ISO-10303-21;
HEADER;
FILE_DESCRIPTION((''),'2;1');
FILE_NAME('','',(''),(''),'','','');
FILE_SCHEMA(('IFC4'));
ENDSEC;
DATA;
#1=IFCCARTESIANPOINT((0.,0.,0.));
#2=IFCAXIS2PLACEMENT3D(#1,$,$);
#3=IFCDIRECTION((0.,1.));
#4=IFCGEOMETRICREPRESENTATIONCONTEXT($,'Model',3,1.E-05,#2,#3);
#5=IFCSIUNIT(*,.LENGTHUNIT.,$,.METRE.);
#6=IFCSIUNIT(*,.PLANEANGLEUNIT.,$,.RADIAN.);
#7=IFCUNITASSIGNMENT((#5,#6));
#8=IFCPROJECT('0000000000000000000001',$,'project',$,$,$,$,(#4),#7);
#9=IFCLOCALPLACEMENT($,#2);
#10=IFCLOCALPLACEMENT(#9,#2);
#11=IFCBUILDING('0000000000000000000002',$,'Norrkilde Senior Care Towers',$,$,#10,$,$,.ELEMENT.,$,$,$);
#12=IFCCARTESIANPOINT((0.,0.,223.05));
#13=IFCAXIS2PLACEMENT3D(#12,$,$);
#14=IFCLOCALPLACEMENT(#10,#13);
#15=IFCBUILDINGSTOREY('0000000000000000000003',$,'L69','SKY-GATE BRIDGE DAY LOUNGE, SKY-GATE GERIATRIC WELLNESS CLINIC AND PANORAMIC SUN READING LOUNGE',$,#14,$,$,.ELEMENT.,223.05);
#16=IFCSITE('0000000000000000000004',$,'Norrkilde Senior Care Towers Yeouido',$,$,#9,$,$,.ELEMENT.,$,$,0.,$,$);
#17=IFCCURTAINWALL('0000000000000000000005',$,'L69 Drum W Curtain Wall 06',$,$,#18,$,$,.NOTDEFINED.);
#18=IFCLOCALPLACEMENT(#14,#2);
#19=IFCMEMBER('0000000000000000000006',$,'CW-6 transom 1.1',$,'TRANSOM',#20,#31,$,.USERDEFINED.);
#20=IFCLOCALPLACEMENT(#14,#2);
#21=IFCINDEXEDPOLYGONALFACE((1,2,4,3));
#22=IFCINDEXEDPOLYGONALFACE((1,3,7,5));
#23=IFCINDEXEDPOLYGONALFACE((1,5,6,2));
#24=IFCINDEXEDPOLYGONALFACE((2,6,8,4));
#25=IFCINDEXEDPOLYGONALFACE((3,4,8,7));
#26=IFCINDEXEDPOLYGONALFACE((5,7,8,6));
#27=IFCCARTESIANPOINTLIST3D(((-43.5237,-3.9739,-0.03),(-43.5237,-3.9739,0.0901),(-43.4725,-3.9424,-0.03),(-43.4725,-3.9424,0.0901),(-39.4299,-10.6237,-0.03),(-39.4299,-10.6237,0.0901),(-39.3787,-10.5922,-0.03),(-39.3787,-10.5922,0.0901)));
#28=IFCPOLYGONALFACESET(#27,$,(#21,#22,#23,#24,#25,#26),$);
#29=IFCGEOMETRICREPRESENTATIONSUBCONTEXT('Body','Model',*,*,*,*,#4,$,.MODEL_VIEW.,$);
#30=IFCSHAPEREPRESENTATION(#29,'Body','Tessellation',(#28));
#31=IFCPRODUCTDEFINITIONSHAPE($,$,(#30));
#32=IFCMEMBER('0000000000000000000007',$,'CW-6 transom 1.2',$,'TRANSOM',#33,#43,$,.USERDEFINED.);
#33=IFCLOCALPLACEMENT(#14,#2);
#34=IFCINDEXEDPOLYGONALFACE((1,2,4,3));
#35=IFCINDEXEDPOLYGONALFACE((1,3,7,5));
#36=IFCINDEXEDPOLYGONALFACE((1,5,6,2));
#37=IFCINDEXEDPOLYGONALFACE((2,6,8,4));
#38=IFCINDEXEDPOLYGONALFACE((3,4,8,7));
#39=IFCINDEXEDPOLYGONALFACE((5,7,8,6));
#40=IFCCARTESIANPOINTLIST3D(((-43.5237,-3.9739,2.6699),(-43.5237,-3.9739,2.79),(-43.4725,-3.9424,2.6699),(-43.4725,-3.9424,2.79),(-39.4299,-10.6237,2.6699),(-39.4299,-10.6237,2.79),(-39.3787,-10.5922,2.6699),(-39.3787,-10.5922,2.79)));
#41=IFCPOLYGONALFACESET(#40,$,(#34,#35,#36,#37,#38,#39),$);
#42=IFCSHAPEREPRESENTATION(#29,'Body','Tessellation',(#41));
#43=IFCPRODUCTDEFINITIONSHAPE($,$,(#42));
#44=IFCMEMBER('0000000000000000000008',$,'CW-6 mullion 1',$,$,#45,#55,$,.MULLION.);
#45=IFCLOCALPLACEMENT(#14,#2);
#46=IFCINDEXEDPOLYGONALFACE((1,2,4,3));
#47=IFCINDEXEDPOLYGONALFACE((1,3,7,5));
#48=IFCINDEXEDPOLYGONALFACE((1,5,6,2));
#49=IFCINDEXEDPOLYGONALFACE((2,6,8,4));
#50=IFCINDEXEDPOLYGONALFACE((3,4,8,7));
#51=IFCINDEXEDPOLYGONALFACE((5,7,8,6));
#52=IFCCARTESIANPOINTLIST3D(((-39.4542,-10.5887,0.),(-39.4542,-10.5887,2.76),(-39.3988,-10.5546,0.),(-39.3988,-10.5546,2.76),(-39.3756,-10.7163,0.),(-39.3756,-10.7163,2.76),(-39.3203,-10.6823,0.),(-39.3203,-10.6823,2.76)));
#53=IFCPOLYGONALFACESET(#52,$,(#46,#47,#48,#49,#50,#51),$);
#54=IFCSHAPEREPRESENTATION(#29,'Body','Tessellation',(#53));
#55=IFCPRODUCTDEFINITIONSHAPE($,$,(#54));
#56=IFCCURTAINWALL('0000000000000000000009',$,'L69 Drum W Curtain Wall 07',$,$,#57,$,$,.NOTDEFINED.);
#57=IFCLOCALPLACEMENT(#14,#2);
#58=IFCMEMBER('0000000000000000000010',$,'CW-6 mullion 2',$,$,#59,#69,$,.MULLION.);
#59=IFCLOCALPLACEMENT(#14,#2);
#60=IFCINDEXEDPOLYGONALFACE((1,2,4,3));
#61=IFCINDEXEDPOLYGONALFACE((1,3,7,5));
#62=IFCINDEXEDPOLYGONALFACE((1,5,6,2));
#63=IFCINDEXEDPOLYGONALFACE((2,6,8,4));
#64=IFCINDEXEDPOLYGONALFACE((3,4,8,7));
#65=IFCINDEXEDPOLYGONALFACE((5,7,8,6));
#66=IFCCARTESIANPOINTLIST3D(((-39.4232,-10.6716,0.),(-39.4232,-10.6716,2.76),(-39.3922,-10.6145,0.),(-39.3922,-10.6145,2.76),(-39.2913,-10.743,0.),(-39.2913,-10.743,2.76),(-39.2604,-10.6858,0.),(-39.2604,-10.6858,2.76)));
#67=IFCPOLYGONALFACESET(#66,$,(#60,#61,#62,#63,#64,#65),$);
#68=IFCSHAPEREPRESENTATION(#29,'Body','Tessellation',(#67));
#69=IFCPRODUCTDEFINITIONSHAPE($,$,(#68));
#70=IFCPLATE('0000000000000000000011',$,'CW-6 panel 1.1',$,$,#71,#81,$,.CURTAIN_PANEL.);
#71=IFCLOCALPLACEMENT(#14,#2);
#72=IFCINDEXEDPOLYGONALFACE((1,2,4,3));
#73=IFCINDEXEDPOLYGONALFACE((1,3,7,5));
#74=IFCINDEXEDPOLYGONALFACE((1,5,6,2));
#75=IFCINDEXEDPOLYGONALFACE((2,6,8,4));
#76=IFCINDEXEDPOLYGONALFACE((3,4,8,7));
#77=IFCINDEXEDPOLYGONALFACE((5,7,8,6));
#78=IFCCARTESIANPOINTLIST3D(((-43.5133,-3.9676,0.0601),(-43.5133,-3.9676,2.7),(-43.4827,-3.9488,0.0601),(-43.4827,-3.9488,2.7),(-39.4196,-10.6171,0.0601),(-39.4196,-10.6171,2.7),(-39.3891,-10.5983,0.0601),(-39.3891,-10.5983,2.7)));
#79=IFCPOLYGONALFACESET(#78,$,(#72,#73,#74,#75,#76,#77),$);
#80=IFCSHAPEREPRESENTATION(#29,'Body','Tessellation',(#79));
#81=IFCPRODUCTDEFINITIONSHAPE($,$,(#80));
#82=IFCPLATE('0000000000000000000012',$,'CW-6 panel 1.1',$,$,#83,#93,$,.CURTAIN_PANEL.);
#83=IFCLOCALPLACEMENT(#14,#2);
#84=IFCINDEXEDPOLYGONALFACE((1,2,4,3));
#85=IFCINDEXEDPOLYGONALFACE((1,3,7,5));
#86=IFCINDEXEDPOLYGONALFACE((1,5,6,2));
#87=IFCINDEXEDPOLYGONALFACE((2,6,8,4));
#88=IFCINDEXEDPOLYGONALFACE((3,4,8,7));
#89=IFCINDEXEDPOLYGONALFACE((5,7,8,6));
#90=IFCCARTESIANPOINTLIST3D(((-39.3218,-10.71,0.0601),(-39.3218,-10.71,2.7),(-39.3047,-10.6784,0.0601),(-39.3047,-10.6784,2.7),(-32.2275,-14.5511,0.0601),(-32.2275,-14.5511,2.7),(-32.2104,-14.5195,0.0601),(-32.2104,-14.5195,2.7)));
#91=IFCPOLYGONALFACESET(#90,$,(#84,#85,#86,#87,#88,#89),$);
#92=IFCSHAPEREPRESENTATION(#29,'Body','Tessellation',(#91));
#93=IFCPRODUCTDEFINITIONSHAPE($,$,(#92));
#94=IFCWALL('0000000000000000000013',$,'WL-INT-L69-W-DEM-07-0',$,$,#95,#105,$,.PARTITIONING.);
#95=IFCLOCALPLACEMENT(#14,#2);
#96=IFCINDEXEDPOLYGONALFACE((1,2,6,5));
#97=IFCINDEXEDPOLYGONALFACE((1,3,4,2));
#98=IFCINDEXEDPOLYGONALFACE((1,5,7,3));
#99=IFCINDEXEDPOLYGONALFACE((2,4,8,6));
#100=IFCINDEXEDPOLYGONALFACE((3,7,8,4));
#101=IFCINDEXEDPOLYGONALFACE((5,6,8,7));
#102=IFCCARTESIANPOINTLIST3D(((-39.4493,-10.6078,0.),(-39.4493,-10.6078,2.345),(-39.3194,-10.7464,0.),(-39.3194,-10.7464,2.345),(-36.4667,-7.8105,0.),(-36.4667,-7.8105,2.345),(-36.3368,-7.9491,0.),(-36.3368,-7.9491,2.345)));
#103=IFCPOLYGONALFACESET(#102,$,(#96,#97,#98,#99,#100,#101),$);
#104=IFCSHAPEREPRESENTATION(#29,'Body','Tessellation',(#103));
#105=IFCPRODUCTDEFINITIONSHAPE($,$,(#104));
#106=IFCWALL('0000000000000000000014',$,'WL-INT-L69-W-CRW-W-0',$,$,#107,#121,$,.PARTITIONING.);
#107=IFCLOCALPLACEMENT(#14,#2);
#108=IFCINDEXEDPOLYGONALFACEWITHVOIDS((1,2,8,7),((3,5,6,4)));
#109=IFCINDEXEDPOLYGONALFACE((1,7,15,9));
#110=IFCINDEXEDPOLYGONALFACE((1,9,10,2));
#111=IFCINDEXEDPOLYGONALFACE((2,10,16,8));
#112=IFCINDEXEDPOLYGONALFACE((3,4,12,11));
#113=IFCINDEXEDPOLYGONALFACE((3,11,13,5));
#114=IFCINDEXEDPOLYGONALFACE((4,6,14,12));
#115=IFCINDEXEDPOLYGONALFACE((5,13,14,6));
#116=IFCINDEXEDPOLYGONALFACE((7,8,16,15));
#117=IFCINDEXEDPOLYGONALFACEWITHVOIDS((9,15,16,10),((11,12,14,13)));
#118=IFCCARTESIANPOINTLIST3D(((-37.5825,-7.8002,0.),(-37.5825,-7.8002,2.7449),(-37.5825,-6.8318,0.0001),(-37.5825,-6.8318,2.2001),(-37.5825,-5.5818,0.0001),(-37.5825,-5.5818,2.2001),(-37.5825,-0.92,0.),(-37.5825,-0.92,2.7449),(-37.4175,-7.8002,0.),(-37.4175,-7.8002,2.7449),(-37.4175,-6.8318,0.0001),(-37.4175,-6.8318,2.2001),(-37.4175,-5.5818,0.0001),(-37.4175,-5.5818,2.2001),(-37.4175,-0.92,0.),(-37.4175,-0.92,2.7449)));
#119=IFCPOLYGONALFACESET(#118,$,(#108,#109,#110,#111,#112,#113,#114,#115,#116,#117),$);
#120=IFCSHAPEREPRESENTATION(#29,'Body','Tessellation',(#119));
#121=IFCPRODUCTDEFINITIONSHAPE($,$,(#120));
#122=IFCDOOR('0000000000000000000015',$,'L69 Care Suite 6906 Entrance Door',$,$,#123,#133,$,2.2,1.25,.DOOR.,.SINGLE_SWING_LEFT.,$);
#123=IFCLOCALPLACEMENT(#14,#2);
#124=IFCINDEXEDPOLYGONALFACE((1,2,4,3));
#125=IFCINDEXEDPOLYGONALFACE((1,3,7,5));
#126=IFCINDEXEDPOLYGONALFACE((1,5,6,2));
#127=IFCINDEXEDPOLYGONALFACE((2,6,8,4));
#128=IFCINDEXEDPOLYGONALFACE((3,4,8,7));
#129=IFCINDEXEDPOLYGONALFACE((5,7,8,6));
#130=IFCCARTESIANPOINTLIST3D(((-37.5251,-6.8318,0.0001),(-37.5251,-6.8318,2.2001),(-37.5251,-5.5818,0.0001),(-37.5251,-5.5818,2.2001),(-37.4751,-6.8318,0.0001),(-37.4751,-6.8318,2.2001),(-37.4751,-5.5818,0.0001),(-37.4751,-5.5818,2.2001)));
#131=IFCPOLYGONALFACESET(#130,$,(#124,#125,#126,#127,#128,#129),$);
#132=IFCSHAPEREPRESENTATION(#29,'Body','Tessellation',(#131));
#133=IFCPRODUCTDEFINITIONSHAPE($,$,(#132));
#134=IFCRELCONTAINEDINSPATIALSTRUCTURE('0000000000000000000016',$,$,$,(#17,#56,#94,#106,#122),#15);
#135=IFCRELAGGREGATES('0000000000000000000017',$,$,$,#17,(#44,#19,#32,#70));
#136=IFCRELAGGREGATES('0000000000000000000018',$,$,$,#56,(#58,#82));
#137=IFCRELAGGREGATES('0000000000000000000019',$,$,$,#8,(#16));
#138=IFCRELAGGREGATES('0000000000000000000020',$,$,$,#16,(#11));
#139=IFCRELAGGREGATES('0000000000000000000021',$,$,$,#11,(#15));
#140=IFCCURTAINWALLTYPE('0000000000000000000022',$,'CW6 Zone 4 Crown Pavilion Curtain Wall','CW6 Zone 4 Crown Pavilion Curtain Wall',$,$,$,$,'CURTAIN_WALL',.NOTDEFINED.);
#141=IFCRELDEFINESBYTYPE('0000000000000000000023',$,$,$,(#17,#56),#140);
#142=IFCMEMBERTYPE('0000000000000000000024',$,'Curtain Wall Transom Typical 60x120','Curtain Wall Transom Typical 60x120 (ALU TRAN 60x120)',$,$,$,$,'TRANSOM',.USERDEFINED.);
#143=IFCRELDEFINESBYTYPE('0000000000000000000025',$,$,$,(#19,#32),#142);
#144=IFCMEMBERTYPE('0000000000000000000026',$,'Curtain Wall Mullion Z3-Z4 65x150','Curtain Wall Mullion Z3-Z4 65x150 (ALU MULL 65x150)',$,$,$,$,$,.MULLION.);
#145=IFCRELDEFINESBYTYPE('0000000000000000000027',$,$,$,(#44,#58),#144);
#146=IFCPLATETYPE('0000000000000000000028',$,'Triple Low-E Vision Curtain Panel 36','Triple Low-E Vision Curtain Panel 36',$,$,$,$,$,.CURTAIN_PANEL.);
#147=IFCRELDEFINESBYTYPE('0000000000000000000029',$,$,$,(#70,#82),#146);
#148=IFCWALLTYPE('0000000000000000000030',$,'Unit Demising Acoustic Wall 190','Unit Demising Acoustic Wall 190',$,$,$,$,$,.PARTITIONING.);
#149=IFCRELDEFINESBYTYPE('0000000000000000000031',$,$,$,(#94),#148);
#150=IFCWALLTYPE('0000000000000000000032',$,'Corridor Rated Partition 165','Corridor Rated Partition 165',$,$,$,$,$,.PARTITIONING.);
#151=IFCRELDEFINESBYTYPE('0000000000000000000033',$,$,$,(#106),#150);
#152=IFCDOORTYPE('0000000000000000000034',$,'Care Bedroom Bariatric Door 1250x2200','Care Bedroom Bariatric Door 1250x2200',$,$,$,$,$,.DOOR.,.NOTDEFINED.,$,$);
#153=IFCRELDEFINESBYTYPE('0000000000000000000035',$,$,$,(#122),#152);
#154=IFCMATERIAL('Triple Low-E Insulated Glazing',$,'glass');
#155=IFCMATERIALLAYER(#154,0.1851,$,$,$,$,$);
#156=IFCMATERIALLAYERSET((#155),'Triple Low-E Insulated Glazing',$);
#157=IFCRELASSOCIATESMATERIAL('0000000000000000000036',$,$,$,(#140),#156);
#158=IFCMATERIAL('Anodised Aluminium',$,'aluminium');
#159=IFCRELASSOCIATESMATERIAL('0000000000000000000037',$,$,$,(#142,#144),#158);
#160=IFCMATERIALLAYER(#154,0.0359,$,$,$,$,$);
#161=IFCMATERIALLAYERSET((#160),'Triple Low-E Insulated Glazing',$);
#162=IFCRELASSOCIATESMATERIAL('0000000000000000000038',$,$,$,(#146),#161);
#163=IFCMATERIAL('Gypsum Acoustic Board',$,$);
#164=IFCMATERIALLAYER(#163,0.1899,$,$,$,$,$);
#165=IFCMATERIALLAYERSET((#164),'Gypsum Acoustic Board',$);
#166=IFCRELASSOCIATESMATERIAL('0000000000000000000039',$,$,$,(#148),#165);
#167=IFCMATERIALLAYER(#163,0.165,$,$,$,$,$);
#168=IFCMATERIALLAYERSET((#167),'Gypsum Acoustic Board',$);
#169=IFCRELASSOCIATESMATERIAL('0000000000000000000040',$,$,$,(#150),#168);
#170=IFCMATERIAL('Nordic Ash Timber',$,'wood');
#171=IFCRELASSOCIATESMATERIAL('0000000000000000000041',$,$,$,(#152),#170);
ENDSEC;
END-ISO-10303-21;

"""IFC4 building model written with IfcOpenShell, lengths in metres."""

from ifc_helpers import new_model, si_unit, direction, frame, frame_2d, origin, origin_2d, place, context, subcontext, project, spatial, rectangle, extrude, source, transform, mapped, material, layer, layer_set, material_profile, profile_set, type_object, type_shapes, element, fill, aggregate, save


model = new_model("IFC4")

# Units and contexts
model_context = context("Model", 3, precision=1e-05, world=origin(), true_north=direction((0.0, 1.0)))
body_context = subcontext(model_context, "Body", "Model", "MODEL_VIEW")
ifc_project = project(units=[si_unit("LENGTHUNIT", "METRE"), si_unit("PLANEANGLEUNIT", "RADIAN")], contexts=[model_context])

# Site, building, storey
site_placement = place(None, origin())
site = spatial("IfcSite", under=ifc_project, at=site_placement, Name="Norrkilde Senior Care Towers Yeouido", CompositionType="ELEMENT", RefElevation=0.0)
building_placement = place(site_placement, origin())
building = spatial("IfcBuilding", under=site, at=building_placement, Name="Norrkilde Senior Care Towers", CompositionType="ELEMENT")
storey_placement = place(building_placement, frame((0.0, 0.0, 223.05)))
storey = spatial("IfcBuildingStorey", under=building, at=storey_placement, Name="L69", Description="SKY-GATE BRIDGE DAY LOUNGE, SKY-GATE GERIATRIC WELLNESS CLINIC AND PANORAMIC SUN READING LOUNGE", CompositionType="ELEMENT", Elevation=223.05)

# Curtain wall, members
ifc_material_1 = material(Name="Triple Low-E Insulated Glazing", Category="glass")
ifc_layer_1 = layer(ifc_material_1, 0.1851)
ifc_layer_set_1 = layer_set([ifc_layer_1], Name="Triple Low-E Insulated Glazing")
curtain_wall_type = type_object("IfcCurtainWallType", Name="CW6 Zone 4 Crown Pavilion Curtain Wall", Description="CW6 Zone 4 Crown Pavilion Curtain Wall", ElementType="CURTAIN_WALL", PredefinedType="NOTDEFINED", material=ifc_layer_set_1)
curtain_wall_1_placement = place(storey_placement, origin())
curtain_wall_1 = element("IfcCurtainWall", 1, at=curtain_wall_1_placement, inside=storey, type_object=curtain_wall_type, Name="L69 Drum W Curtain Wall 06", PredefinedType="NOTDEFINED")
ifc_material_2 = material(Name="Anodised Aluminium", Category="aluminium")
ifc_material_profile_1 = material_profile(ifc_material_2, rectangle(XDim=0.0601, YDim=0.1201, at=origin_2d()), Name="ALU TRAN 60x120")
ifc_profile_set_1 = profile_set([ifc_material_profile_1], Name="Anodised Aluminium")
member_type_1 = type_object("IfcMemberType", Name="Curtain Wall Transom Typical 60x120", Description="Curtain Wall Transom Typical 60x120 (ALU TRAN 60x120)", ElementType="TRANSOM", PredefinedType="USERDEFINED", material=ifc_profile_set_1)
shared_shape_1 = source(origin(), body_context, "Body", "SweptSolid", [
    extrude(rectangle(XDim=0.0601, YDim=0.1201, at=origin_2d()), origin(), (0.0, 0.0, 1.0), 7.8088),
])
type_shapes(member_type_1, [shared_shape_1])
member_1_placement = place(storey_placement, frame((-39.4043, -10.6079, 0.03), z_axis=(-0.524251, 0.851564, 0.0), x_axis=(-0.851564, -0.524251, 0.0)))
member_1 = element("IfcMember", 2, at=member_1_placement, type_object=member_type_1, Name="CW-6 transom 1.1", ObjectType="TRANSOM", PredefinedType="USERDEFINED", context=body_context, shape_type="MappedRepresentation", body=[
    mapped(shared_shape_1, transform((0.0, 0.0, 0.0), x_axis=(1.0, 0.0, 0.0), y_axis=(0.0, 1.0, 0.0), z_axis=(0.0, 0.0, 1.0), scale=1.0)),
])
member_2_placement = place(storey_placement, frame((-39.4043, -10.6079, 2.73), z_axis=(-0.524251, 0.851564, 0.0), x_axis=(-0.851564, -0.524251, 0.0)))
member_2 = element("IfcMember", 3, at=member_2_placement, type_object=member_type_1, Name="CW-6 transom 1.2", ObjectType="TRANSOM", PredefinedType="USERDEFINED", context=body_context, shape_type="MappedRepresentation", body=[
    mapped(shared_shape_1, transform((0.0, 0.0, 0.0), x_axis=(1.0, 0.0, 0.0), y_axis=(0.0, 1.0, 0.0), z_axis=(0.0, 0.0, 1.0), scale=1.0)),
])
ifc_material_profile_2 = material_profile(ifc_material_2, rectangle(XDim=0.0649, YDim=0.1499, at=origin_2d()), Name="ALU MULL 65x150")
ifc_profile_set_2 = profile_set([ifc_material_profile_2], Name="Anodised Aluminium")
member_type_2 = type_object("IfcMemberType", Name="Curtain Wall Mullion Z3-Z4 65x150", Description="Curtain Wall Mullion Z3-Z4 65x150 (ALU MULL 65x150)", PredefinedType="MULLION", material=ifc_profile_set_2)
shared_shape_2 = source(origin(), body_context, "Body", "SweptSolid", [
    extrude(rectangle(XDim=0.0649, YDim=0.1499, at=origin_2d()), origin(), (0.0, 0.0, 1.0), 2.76),
])
type_shapes(member_type_2, [shared_shape_2])
member_3_placement = place(storey_placement, frame((-39.3872, -10.6355, 0.0), z_axis=(0.0, 0.0, 1.0), x_axis=(-0.851563, -0.524253, 0.0)))
member_3 = element("IfcMember", 4, at=member_3_placement, type_object=member_type_2, Name="CW-6 mullion 1", PredefinedType="MULLION", context=body_context, shape_type="MappedRepresentation", body=[
    mapped(shared_shape_2, transform((0.0, 0.0, 0.0), x_axis=(1.0, 0.0, 0.0), y_axis=(0.0, 1.0, 0.0), z_axis=(0.0, 0.0, 1.0), scale=1.0)),
])

# Curtain wall, member
curtain_wall_2_placement = place(storey_placement, origin())
curtain_wall_2 = element("IfcCurtainWall", 5, at=curtain_wall_2_placement, inside=storey, type_object=curtain_wall_type, Name="L69 Drum W Curtain Wall 07", PredefinedType="NOTDEFINED")
member_4_placement = place(storey_placement, frame((-39.3418, -10.6787, 0.0), z_axis=(0.0, 0.0, 1.0), x_axis=(-0.476133, -0.879373, 0.0)))
member_4 = element("IfcMember", 6, at=member_4_placement, type_object=member_type_2, Name="CW-6 mullion 2", PredefinedType="MULLION", context=body_context, shape_type="MappedRepresentation", body=[
    mapped(shared_shape_2, transform((0.0, 0.0, 0.0), x_axis=(1.0, 0.0, 0.0), y_axis=(0.0, 1.0, 0.0), z_axis=(0.0, 0.0, 1.0), scale=1.0)),
])

# Plates
ifc_layer_2 = layer(ifc_material_1, 0.0359)
ifc_layer_set_2 = layer_set([ifc_layer_2], Name="Triple Low-E Insulated Glazing")
plate_type = type_object("IfcPlateType", Name="Triple Low-E Vision Curtain Panel 36", Description="Triple Low-E Vision Curtain Panel 36", PredefinedType="CURTAIN_PANEL", material=ifc_layer_set_2)
shared_shape_3 = source(origin(), body_context, "Body", "SweptSolid", [
    extrude(rectangle(XDim=7.8086, YDim=0.0359, at=origin_2d()), origin(), (0.0, 0.0, 1.0), 2.6399),
])
plate_1_placement = place(storey_placement, frame((-41.4512, -7.283, 0.0601), z_axis=(0.0, 0.0, 1.0), x_axis=(-0.524253, 0.851563, 0.0)))
plate_1 = element("IfcPlate", 7, at=plate_1_placement, type_object=plate_type, Name="CW-6 panel 1.1", PredefinedType="CURTAIN_PANEL", context=body_context, shape_type="MappedRepresentation", body=[
    mapped(shared_shape_3, transform((0.0, 0.0, 0.0), x_axis=(1.0, 0.0, 0.0), y_axis=(0.0, 1.0, 0.0), z_axis=(0.0, 0.0, 1.0), scale=1.0)),
])
aggregate(curtain_wall_1, [member_3, member_1, member_2, plate_1])
shared_shape_4 = source(origin(), body_context, "Body", "SweptSolid", [
    extrude(rectangle(XDim=8.0674, YDim=0.0359, at=origin_2d()), origin(), (0.0, 0.0, 1.0), 2.6399),
])
type_shapes(plate_type, [shared_shape_3, shared_shape_4])
plate_2_placement = place(storey_placement, frame((-35.7661, -12.6147, 0.0601), z_axis=(0.0, 0.0, 1.0), x_axis=(-0.879373, 0.476133, 0.0)))
plate_2 = element("IfcPlate", 8, at=plate_2_placement, type_object=plate_type, Name="CW-6 panel 1.1", PredefinedType="CURTAIN_PANEL", context=body_context, shape_type="MappedRepresentation", body=[
    mapped(shared_shape_4, transform((0.0, 0.0, 0.0), x_axis=(1.0, 0.0, 0.0), y_axis=(0.0, 1.0, 0.0), z_axis=(0.0, 0.0, 1.0), scale=1.0)),
])
aggregate(curtain_wall_2, [member_4, plate_2])

# Wall
ifc_material_3 = material(Name="Gypsum Acoustic Board")
ifc_layer_3 = layer(ifc_material_3, 0.1899)
ifc_layer_set_3 = layer_set([ifc_layer_3], Name="Gypsum Acoustic Board")
wall_type_1 = type_object("IfcWallType", Name="Unit Demising Acoustic Wall 190", Description="Unit Demising Acoustic Wall 190", PredefinedType="PARTITIONING", material=ifc_layer_set_3)
shared_shape_5 = source(origin(), body_context, "Body", "SweptSolid", [
    extrude(rectangle(XDim=4.0891, YDim=0.1899, at=frame_2d((2.0444, 0.0))), origin(), (0.0, 0.0, 1.0), 2.345),
])
type_shapes(wall_type_1, [shared_shape_5])
wall_1_placement = place(storey_placement, frame((-36.4019, -7.8799, 0.0), z_axis=(0.0, 0.0, 1.0), x_axis=(-0.729401, -0.684086, 0.0)))
element("IfcWall", 9, at=wall_1_placement, inside=storey, type_object=wall_type_1, Name="WL-INT-L69-W-DEM-07-0", PredefinedType="PARTITIONING", context=body_context, shape_type="MappedRepresentation", body=[
    mapped(shared_shape_5, transform((0.0, 0.0, 0.0), x_axis=(1.0, 0.0, 0.0), y_axis=(0.0, 1.0, 0.0), z_axis=(0.0, 0.0, 1.0), scale=1.0)),
])

# Wall, opening, door
ifc_layer_4 = layer(ifc_material_3, 0.165)
ifc_layer_set_4 = layer_set([ifc_layer_4], Name="Gypsum Acoustic Board")
wall_type_2 = type_object("IfcWallType", Name="Corridor Rated Partition 165", Description="Corridor Rated Partition 165", PredefinedType="PARTITIONING", material=ifc_layer_set_4)
shared_shape_6 = source(origin(), body_context, "Body", "SweptSolid", [
    extrude(rectangle(XDim=6.8801, YDim=0.165, at=frame_2d((3.4399, 0.0))), origin(), (0.0, 0.0, 1.0), 2.7449),
])
type_shapes(wall_type_2, [shared_shape_6])
wall_2_placement = place(storey_placement, frame((-37.5, -7.8, 0.0), z_axis=(0.0, 0.0, 1.0), x_axis=(0.0, 1.0, 0.0)))
wall_2 = element("IfcWall", 10, at=wall_2_placement, inside=storey, type_object=wall_type_2, Name="WL-INT-L69-W-CRW-W-0", PredefinedType="PARTITIONING", context=body_context, shape_type="MappedRepresentation", body=[
    mapped(shared_shape_6, transform((0.0, 0.0, 0.0), x_axis=(1.0, 0.0, 0.0), y_axis=(0.0, 1.0, 0.0), z_axis=(0.0, 0.0, 1.0), scale=1.0)),
])
opening_1_placement = place(wall_2_placement, frame((0.9683, 0.0, 0.0)))
opening_1 = element("IfcOpeningElement", 11, at=opening_1_placement, cuts=wall_2, PredefinedType="OPENING", context=body_context, shape_type="SweptSolid", body=[
    extrude(rectangle(XDim=1.25, YDim=2.2, at=frame_2d((0.625, 1.1001))), frame((0.0, 0.0925, 0.0), z_axis=(0.0, -1.0, 0.0), x_axis=(1.0, 0.0, 0.0)), (0.0, 0.0, 1.0), 0.1851),
])
ifc_material_4 = material(Name="Nordic Ash Timber", Category="wood")
door_type_1 = type_object("IfcDoorType", Name="Care Bedroom Bariatric Door 1250x2200", Description="Care Bedroom Bariatric Door 1250x2200", OperationType="NOTDEFINED", PredefinedType="DOOR", material=ifc_material_4)
shared_shape_7 = source(origin(), body_context, "Body", "SweptSolid", [
    extrude(rectangle(XDim=1.25, YDim=2.2, at=frame_2d((0.625, 1.1001))), frame((0.0, 0.0249, 0.0), z_axis=(0.0, -1.0, 0.0), x_axis=(1.0, 0.0, 0.0)), (0.0, 0.0, 1.0), 0.05),
])
type_shapes(door_type_1, [shared_shape_7])
door_1_placement = place(opening_1_placement, frame((1.25, 0.0, 0.0), z_axis=(0.0, 0.0, 1.0), x_axis=(-1.0, 0.0, 0.0)))
door_1 = element("IfcDoor", 12, at=door_1_placement, inside=storey, type_object=door_type_1, Name="L69 Care Suite 6906 Entrance Door", OperationType="SINGLE_SWING_LEFT", OverallHeight=2.2, OverallWidth=1.25, PredefinedType="DOOR", context=body_context, shape_type="MappedRepresentation", body=[
    mapped(shared_shape_7, transform((0.0, 0.0, 0.0), x_axis=(1.0, 0.0, 0.0), y_axis=(0.0, 1.0, 0.0), z_axis=(0.0, 0.0, 1.0), scale=1.0)),
])
fill(opening_1, door_1)

save(model, "model.ifc")
